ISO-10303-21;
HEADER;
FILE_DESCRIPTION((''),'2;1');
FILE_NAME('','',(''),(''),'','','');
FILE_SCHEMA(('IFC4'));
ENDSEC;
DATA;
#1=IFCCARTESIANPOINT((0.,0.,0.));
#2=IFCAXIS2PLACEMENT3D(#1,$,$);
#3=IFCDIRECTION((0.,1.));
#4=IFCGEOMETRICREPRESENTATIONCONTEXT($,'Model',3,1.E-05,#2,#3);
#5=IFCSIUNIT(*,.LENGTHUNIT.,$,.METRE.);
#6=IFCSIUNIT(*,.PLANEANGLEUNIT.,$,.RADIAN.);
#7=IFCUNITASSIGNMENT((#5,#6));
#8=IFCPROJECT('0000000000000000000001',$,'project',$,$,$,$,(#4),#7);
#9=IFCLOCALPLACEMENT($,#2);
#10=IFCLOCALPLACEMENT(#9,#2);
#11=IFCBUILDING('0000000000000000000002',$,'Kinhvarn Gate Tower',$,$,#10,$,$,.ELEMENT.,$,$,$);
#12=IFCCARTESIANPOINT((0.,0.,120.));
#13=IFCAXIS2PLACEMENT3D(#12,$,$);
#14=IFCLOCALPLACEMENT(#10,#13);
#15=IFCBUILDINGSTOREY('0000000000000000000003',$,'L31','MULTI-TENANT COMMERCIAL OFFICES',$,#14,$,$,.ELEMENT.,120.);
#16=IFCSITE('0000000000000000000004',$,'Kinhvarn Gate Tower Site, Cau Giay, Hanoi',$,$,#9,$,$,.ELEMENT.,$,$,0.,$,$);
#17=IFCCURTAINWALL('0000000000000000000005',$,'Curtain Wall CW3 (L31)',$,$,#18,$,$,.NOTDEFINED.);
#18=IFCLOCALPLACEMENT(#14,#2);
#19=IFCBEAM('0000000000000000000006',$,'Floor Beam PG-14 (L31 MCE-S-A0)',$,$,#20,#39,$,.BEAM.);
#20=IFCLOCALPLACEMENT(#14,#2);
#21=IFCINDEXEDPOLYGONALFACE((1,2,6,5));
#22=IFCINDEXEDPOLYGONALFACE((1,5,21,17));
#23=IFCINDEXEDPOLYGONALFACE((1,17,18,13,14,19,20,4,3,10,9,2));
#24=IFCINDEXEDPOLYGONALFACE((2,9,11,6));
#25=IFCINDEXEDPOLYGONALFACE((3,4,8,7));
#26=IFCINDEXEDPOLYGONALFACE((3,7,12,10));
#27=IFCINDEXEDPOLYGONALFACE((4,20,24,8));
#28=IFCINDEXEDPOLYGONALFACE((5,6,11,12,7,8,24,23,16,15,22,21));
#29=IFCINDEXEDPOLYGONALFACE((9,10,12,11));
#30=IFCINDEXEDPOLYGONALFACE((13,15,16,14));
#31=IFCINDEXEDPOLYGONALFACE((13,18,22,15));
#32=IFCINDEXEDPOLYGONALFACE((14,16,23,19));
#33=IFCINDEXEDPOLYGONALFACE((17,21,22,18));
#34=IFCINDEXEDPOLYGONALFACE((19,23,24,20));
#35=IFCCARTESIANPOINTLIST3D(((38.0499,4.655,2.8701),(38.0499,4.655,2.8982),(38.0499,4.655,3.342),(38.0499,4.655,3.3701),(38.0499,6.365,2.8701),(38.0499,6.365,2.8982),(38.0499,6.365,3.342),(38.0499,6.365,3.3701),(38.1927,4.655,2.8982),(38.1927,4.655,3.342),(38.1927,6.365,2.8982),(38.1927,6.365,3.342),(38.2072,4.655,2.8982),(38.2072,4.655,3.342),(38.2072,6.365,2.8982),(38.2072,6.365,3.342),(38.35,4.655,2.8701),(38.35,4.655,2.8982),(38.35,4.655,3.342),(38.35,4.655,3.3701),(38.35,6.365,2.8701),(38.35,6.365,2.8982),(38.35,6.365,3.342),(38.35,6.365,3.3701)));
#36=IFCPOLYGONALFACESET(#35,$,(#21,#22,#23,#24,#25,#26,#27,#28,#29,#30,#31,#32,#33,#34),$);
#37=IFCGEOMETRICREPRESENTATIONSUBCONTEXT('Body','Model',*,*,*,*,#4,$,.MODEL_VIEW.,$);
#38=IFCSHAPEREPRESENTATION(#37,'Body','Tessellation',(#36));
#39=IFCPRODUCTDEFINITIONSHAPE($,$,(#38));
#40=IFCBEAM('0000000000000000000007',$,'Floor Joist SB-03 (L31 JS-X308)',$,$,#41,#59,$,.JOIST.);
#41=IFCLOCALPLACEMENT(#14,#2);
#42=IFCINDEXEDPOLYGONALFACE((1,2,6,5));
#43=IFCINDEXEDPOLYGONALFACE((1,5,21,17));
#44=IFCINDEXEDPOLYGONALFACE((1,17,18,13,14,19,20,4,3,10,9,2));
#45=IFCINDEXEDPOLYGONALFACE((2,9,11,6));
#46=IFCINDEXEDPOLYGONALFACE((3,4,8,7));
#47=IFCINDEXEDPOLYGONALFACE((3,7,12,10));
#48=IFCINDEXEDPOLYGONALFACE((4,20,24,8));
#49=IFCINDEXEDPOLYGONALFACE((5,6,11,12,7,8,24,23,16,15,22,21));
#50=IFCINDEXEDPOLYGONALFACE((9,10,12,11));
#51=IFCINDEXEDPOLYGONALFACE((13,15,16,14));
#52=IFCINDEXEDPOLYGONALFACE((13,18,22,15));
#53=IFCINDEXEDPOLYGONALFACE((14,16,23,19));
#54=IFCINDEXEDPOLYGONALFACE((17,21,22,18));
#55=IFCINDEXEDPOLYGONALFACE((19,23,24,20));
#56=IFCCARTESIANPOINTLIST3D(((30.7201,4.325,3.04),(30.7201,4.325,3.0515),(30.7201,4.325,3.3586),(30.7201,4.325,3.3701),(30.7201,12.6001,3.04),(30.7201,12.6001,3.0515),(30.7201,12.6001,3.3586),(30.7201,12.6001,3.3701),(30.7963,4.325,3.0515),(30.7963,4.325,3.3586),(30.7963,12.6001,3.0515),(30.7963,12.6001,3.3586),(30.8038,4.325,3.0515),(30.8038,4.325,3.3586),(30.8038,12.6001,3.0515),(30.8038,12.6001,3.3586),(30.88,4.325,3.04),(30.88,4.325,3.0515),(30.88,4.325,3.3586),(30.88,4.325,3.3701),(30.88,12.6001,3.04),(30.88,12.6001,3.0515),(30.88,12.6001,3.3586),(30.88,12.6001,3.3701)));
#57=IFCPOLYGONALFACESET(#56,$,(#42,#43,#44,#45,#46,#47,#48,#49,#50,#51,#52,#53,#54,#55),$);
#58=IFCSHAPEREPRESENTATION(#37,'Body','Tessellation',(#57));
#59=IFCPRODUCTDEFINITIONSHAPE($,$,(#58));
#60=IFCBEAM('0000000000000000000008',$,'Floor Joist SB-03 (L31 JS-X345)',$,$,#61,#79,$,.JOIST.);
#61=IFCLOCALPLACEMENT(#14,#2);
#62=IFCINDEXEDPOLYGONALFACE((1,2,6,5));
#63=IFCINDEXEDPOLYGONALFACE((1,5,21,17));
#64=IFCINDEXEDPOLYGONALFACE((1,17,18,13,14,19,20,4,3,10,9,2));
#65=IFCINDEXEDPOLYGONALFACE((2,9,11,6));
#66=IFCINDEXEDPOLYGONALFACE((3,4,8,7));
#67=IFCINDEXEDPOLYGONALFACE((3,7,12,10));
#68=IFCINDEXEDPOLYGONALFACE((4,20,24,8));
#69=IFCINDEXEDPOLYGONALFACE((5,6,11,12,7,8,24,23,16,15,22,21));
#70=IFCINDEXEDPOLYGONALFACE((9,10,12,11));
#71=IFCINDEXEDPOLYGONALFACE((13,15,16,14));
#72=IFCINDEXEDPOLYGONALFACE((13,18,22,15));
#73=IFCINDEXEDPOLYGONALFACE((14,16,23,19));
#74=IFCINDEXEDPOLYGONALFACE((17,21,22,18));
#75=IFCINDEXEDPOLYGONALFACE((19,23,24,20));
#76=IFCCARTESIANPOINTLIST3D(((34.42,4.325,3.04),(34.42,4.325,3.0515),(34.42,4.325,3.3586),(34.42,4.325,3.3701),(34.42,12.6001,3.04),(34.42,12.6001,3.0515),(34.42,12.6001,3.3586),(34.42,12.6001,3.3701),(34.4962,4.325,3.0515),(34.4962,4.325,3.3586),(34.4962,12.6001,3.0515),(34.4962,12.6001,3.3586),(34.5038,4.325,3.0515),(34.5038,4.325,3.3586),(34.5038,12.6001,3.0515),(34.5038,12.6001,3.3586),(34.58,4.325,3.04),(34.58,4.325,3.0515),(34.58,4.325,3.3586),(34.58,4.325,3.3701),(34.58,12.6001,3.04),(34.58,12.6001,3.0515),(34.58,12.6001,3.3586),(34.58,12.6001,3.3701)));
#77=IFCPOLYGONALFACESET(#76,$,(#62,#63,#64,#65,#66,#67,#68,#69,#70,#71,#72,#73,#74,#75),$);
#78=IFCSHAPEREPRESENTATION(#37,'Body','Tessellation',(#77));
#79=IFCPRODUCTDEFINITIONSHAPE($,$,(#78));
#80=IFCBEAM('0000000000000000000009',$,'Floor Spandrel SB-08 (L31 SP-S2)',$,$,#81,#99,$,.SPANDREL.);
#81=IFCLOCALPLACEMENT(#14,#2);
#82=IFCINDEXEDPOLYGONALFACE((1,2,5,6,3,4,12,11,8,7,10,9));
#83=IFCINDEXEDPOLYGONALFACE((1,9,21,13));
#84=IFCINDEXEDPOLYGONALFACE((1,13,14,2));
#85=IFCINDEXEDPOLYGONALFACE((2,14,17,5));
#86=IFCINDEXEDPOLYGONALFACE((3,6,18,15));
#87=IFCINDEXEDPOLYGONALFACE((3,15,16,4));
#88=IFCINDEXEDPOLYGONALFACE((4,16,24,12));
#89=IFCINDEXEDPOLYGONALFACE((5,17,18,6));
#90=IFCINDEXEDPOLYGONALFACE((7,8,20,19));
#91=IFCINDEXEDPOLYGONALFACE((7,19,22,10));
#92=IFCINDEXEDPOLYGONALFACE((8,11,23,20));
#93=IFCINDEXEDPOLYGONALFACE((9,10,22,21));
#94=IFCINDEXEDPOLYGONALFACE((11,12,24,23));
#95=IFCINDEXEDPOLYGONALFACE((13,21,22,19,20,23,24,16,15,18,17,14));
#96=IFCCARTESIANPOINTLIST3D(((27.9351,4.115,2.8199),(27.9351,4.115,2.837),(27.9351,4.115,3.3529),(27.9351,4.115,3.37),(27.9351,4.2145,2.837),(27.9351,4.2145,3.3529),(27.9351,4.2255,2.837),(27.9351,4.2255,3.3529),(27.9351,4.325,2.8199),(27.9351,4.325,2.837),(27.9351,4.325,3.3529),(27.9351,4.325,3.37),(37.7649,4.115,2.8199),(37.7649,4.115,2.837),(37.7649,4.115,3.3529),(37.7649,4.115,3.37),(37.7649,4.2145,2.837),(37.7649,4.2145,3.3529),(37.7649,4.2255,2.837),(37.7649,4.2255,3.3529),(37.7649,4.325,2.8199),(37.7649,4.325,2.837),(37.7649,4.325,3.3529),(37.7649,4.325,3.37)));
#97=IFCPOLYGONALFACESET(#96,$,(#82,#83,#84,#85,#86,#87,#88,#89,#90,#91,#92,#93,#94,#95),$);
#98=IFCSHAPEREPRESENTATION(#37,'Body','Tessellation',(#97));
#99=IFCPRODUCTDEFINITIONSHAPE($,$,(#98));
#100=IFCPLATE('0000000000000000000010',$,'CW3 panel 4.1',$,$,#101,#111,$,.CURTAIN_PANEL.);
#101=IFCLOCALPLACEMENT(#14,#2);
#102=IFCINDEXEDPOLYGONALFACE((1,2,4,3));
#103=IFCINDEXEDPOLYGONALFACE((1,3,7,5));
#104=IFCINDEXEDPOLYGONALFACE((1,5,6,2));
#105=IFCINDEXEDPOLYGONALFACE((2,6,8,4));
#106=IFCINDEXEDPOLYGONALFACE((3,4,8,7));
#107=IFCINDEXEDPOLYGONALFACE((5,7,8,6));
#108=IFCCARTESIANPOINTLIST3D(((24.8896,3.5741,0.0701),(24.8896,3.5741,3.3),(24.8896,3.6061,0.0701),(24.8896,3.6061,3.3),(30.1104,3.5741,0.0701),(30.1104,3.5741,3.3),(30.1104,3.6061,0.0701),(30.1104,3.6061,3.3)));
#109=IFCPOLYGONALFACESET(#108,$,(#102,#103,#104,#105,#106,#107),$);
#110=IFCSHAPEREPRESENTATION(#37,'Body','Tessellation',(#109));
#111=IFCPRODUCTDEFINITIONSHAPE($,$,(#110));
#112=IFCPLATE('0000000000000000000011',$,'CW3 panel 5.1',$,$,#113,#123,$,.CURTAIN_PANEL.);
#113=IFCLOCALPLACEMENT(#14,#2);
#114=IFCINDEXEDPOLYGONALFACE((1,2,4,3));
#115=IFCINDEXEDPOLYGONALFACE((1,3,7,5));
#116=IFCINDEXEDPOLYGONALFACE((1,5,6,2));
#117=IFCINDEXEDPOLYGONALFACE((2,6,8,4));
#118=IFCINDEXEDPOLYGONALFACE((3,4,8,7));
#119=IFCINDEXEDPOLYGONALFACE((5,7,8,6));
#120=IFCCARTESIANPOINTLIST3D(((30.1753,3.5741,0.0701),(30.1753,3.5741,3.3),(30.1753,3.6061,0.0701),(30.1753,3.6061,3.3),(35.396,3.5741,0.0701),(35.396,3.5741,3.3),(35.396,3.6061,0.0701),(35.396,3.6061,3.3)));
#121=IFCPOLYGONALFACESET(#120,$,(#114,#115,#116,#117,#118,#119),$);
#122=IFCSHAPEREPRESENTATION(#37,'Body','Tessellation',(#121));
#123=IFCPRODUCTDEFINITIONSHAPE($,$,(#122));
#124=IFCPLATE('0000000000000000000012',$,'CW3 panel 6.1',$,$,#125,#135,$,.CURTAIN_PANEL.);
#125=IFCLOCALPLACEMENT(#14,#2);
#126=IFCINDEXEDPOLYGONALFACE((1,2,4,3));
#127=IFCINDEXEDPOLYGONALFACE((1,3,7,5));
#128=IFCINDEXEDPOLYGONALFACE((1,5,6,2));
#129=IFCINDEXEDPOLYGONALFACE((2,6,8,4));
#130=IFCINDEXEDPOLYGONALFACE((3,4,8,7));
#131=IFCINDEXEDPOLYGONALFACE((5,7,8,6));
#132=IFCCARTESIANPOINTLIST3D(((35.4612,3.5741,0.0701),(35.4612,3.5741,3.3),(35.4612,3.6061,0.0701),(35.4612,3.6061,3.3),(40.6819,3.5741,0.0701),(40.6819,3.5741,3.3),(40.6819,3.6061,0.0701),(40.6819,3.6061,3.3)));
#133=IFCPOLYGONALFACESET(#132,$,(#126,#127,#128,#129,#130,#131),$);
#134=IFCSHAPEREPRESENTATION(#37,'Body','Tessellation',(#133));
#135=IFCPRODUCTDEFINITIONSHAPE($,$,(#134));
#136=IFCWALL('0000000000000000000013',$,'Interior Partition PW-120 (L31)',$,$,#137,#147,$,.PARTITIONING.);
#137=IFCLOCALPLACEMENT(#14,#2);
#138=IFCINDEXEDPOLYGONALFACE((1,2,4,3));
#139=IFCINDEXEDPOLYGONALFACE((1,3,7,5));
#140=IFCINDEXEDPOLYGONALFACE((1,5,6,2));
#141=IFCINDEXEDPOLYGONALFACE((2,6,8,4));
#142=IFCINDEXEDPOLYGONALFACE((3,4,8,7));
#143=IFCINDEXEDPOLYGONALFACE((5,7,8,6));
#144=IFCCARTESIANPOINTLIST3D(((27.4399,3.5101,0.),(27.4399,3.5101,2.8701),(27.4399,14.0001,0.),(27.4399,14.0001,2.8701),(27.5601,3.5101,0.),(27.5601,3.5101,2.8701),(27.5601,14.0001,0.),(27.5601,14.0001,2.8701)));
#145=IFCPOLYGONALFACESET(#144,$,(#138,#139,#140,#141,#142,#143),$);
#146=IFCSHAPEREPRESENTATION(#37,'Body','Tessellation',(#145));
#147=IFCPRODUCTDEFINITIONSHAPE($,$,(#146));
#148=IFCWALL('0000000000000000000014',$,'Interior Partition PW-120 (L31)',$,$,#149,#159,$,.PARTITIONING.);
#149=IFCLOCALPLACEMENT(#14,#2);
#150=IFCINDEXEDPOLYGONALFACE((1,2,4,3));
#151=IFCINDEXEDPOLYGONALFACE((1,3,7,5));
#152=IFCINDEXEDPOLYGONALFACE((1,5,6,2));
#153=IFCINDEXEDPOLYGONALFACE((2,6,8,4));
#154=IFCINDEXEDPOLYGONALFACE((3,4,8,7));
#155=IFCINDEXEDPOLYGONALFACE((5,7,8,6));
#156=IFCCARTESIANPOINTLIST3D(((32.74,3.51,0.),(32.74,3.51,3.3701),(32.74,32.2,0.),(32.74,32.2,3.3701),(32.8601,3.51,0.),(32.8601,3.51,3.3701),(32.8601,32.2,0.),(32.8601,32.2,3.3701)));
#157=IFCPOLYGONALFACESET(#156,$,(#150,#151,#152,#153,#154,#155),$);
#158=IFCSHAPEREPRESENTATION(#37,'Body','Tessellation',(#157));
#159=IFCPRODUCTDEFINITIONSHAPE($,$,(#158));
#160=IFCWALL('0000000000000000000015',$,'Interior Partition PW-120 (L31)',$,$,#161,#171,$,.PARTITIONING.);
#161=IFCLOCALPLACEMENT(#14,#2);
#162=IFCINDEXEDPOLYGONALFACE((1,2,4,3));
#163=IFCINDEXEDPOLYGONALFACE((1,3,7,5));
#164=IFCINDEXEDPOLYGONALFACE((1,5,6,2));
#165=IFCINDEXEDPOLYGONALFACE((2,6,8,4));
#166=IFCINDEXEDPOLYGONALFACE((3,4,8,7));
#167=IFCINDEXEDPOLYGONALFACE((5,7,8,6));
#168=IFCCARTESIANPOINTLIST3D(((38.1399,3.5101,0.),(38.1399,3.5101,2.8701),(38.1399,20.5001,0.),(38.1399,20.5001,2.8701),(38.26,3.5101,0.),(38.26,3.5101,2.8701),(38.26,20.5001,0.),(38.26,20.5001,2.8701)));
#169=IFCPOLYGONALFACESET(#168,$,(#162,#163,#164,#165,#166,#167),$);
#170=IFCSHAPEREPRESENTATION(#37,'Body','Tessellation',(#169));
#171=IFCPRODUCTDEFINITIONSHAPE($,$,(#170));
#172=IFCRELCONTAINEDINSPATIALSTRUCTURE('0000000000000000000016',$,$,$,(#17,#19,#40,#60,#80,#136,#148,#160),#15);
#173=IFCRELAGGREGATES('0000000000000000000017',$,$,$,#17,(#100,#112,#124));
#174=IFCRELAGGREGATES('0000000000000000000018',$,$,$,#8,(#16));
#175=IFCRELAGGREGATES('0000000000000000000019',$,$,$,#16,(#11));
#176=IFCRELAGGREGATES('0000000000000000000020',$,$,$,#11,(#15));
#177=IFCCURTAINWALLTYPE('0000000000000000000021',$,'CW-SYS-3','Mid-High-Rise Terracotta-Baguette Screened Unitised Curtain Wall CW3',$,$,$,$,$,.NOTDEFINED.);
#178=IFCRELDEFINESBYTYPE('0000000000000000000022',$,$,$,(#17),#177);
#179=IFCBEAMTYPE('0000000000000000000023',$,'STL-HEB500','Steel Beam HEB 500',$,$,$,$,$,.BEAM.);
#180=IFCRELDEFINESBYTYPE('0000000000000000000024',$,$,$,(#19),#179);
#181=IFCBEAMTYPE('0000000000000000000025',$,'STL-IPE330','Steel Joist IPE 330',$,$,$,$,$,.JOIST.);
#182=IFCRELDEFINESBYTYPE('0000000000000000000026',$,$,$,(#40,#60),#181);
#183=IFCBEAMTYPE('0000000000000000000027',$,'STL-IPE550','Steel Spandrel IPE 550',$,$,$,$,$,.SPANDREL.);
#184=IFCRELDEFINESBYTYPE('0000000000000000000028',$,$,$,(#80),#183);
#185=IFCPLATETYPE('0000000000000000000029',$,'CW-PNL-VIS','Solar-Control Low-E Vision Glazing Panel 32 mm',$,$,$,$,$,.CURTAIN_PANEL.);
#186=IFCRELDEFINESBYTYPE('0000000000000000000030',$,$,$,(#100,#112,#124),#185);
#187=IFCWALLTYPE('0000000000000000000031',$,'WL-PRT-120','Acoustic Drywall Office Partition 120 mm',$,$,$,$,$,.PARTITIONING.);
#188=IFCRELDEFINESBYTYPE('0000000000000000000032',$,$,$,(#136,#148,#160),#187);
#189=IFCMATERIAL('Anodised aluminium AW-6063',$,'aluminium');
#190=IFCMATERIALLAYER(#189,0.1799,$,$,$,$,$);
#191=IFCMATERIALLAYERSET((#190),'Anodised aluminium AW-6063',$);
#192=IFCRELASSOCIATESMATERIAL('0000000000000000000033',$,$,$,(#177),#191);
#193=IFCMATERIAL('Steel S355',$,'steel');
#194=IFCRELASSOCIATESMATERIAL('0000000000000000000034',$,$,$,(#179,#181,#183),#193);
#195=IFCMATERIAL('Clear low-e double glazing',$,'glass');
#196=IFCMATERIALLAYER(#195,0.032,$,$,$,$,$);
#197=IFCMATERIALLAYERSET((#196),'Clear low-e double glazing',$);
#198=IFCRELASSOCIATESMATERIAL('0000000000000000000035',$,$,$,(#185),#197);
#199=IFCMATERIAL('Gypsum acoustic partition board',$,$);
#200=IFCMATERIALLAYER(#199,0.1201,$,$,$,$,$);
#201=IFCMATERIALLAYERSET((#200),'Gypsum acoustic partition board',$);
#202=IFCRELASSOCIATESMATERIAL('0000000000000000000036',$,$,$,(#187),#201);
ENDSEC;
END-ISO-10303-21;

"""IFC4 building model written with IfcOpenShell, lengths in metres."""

from ifc_helpers import new_model, si_unit, direction, frame, frame_2d, origin, origin_2d, place, context, subcontext, project, spatial, rectangle, i_section, extrude, material, layer, layer_set, material_profile, profile_set, type_object, element, aggregate, save


model = new_model("IFC4")

# Units and contexts
model_context = context("Model", 3, precision=1e-05, world=origin(), true_north=direction((0.0, 1.0)))
body_context = subcontext(model_context, "Body", "Model", "MODEL_VIEW")
ifc_project = project(units=[si_unit("LENGTHUNIT", "METRE"), si_unit("PLANEANGLEUNIT", "RADIAN")], contexts=[model_context])

# Site, building, storey
site_placement = place(None, origin())
site = spatial("IfcSite", under=ifc_project, at=site_placement, Name="Kinhvarn Gate Tower Site, Cau Giay, Hanoi", CompositionType="ELEMENT", RefElevation=0.0)
building_placement = place(site_placement, origin())
building = spatial("IfcBuilding", under=site, at=building_placement, Name="Kinhvarn Gate Tower", CompositionType="ELEMENT")
storey_placement = place(building_placement, frame((0.0, 0.0, 120.0)))
storey = spatial("IfcBuildingStorey", under=building, at=storey_placement, Name="L31", Description="MULTI-TENANT COMMERCIAL OFFICES", CompositionType="ELEMENT", Elevation=120.0)

# Curtain wall
ifc_material_1 = material(Name="Anodised aluminium AW-6063", Category="aluminium")
ifc_layer_1 = layer(ifc_material_1, 0.1799)
ifc_layer_set_1 = layer_set([ifc_layer_1], Name="Anodised aluminium AW-6063")
curtain_wall_type = type_object("IfcCurtainWallType", Name="CW-SYS-3", Description="Mid-High-Rise Terracotta-Baguette Screened Unitised Curtain Wall CW3", PredefinedType="NOTDEFINED", material=ifc_layer_set_1)
curtain_wall_placement = place(storey_placement, origin())
curtain_wall = element("IfcCurtainWall", 1, at=curtain_wall_placement, inside=storey, type_object=curtain_wall_type, Name="Curtain Wall CW3 (L31)", PredefinedType="NOTDEFINED")

# Beams
ifc_material_2 = material(Name="Steel S355", Category="steel")
ifc_material_profile_1 = material_profile(ifc_material_2, i_section(OverallWidth=0.3, OverallDepth=0.5, WebThickness=0.0144, FlangeThickness=0.0281, at=origin_2d()), Name="HEB 500")
ifc_profile_set_1 = profile_set([ifc_material_profile_1], Name="Steel S355")
beam_type_1 = type_object("IfcBeamType", Name="STL-HEB500", Description="Steel Beam HEB 500", PredefinedType="BEAM", material=ifc_profile_set_1)
beam_1_placement = place(storey_placement, frame((38.2, 4.655, 3.1201), z_axis=(0.0, 1.0, 0.0), x_axis=(-1.0, 0.0, 0.0)))
element("IfcBeam", 2, at=beam_1_placement, inside=storey, type_object=beam_type_1, Name="Floor Beam PG-14 (L31 MCE-S-A0)", PredefinedType="BEAM", context=body_context, shape_type="SweptSolid", body=[
    extrude(i_section(OverallWidth=0.3, OverallDepth=0.5, WebThickness=0.0144, FlangeThickness=0.0281, at=origin_2d()), origin(), (0.0, 0.0, 1.0), 1.71),
])
ifc_material_profile_2 = material_profile(ifc_material_2, i_section(OverallWidth=0.1599, OverallDepth=0.3301, WebThickness=0.0076, FlangeThickness=0.0115, at=origin_2d()), Name="IPE 330")
ifc_profile_set_2 = profile_set([ifc_material_profile_2], Name="Steel S355")
beam_type_2 = type_object("IfcBeamType", Name="STL-IPE330", Description="Steel Joist IPE 330", PredefinedType="JOIST", material=ifc_profile_set_2)
for number, where, z_axis, x_axis, name in (
    (3, (30.8, 4.325, 3.2051), (0.0, 1.0, 0.0), (-1.0, 0.0, 0.0), "Floor Joist SB-03 (L31 JS-X308)"),
    (4, (34.5, 4.325, 3.2051), (0.0, 1.0, 0.0), (-1.0, 0.0, 0.0), "Floor Joist SB-03 (L31 JS-X345)"),
):
    element("IfcBeam", number, at=place(storey_placement, frame(where, z_axis=z_axis, x_axis=x_axis)), inside=storey, type_object=beam_type_2, Name=name, PredefinedType="JOIST", context=body_context, shape_type="SweptSolid", body=[
        extrude(i_section(OverallWidth=0.1599, OverallDepth=0.3301, WebThickness=0.0076, FlangeThickness=0.0115, at=origin_2d()), origin(), (0.0, 0.0, 1.0), 8.2751),
    ])
ifc_material_profile_3 = material_profile(ifc_material_2, i_section(OverallWidth=0.21, OverallDepth=0.55, WebThickness=0.011, FlangeThickness=0.0171, at=origin_2d()), Name="IPE 550")
ifc_profile_set_3 = profile_set([ifc_material_profile_3], Name="Steel S355")
beam_type_3 = type_object("IfcBeamType", Name="STL-IPE550", Description="Steel Spandrel IPE 550", PredefinedType="SPANDREL", material=ifc_profile_set_3)
beam_2_placement = place(storey_placement, frame((27.9351, 4.22, 3.095), z_axis=(1.0, 0.0, 0.0), x_axis=(0.0, 1.0, 0.0)))
element("IfcBeam", 5, at=beam_2_placement, inside=storey, type_object=beam_type_3, Name="Floor Spandrel SB-08 (L31 SP-S2)", PredefinedType="SPANDREL", context=body_context, shape_type="SweptSolid", body=[
    extrude(i_section(OverallWidth=0.21, OverallDepth=0.55, WebThickness=0.011, FlangeThickness=0.0171, at=origin_2d()), origin(), (0.0, 0.0, 1.0), 9.8298),
])

# Plates
ifc_material_3 = material(Name="Clear low-e double glazing", Category="glass")
ifc_layer_2 = layer(ifc_material_3, 0.032)
ifc_layer_set_2 = layer_set([ifc_layer_2], Name="Clear low-e double glazing")
plate_type = type_object("IfcPlateType", Name="CW-PNL-VIS", Description="Solar-Control Low-E Vision Glazing Panel 32 mm", PredefinedType="CURTAIN_PANEL", material=ifc_layer_set_2)
plate_1_placement = place(storey_placement, frame((27.5, 3.5901, 0.0701), z_axis=(0.0, 0.0, 1.0), x_axis=(1.0, 0.0, 0.0)))
plate_1 = element("IfcPlate", 6, at=plate_1_placement, type_object=plate_type, Name="CW3 panel 4.1", PredefinedType="CURTAIN_PANEL", context=body_context, shape_type="SweptSolid", body=[
    extrude(rectangle(XDim=5.2207, YDim=0.032, at=origin_2d()), origin(), (0.0, 0.0, 1.0), 3.23),
])
plate_2_placement = place(storey_placement, frame((32.7856, 3.5901, 0.0701), z_axis=(0.0, 0.0, 1.0), x_axis=(1.0, 0.0, 0.0)))
plate_2 = element("IfcPlate", 7, at=plate_2_placement, type_object=plate_type, Name="CW3 panel 5.1", PredefinedType="CURTAIN_PANEL", context=body_context, shape_type="SweptSolid", body=[
    extrude(rectangle(XDim=5.2207, YDim=0.032, at=origin_2d()), origin(), (0.0, 0.0, 1.0), 3.23),
])
plate_3_placement = place(storey_placement, frame((38.0715, 3.5901, 0.0701), z_axis=(0.0, 0.0, 1.0), x_axis=(1.0, 0.0, 0.0)))
plate_3 = element("IfcPlate", 8, at=plate_3_placement, type_object=plate_type, Name="CW3 panel 6.1", PredefinedType="CURTAIN_PANEL", context=body_context, shape_type="SweptSolid", body=[
    extrude(rectangle(XDim=5.2207, YDim=0.032, at=origin_2d()), origin(), (0.0, 0.0, 1.0), 3.23),
])
aggregate(curtain_wall, [plate_1, plate_2, plate_3])

# Walls
ifc_material_4 = material(Name="Gypsum acoustic partition board")
ifc_layer_3 = layer(ifc_material_4, 0.1201)
ifc_layer_set_3 = layer_set([ifc_layer_3], Name="Gypsum acoustic partition board")
wall_type = type_object("IfcWallType", Name="WL-PRT-120", Description="Acoustic Drywall Office Partition 120 mm", PredefinedType="PARTITIONING", material=ifc_layer_set_3)
wall_1_placement = place(storey_placement, frame((27.5, 3.51, 0.0), z_axis=(0.0, 0.0, 1.0), x_axis=(0.0, 1.0, 0.0)))
element("IfcWall", 9, at=wall_1_placement, inside=storey, type_object=wall_type, Name="Interior Partition PW-120 (L31)", PredefinedType="PARTITIONING", context=body_context, shape_type="SweptSolid", body=[
    extrude(rectangle(XDim=10.49, YDim=0.1201, at=frame_2d((5.2451, 0.0))), origin(), (0.0, 0.0, 1.0), 2.8701),
])
wall_2_placement = place(storey_placement, frame((32.8, 3.51, 0.0), z_axis=(0.0, 0.0, 1.0), x_axis=(0.0, 1.0, 0.0)))
element("IfcWall", 10, at=wall_2_placement, inside=storey, type_object=wall_type, Name="Interior Partition PW-120 (L31)", PredefinedType="PARTITIONING", context=body_context, shape_type="SweptSolid", body=[
    extrude(rectangle(XDim=28.6899, YDim=0.1201, at=frame_2d((14.345, 0.0))), origin(), (0.0, 0.0, 1.0), 3.3701),
])
wall_3_placement = place(storey_placement, frame((38.2, 3.51, 0.0), z_axis=(0.0, 0.0, 1.0), x_axis=(0.0, 1.0, 0.0)))
element("IfcWall", 11, at=wall_3_placement, inside=storey, type_object=wall_type, Name="Interior Partition PW-120 (L31)", PredefinedType="PARTITIONING", context=body_context, shape_type="SweptSolid", body=[
    extrude(rectangle(XDim=16.99, YDim=0.1201, at=frame_2d((8.4951, 0.0))), origin(), (0.0, 0.0, 1.0), 2.8701),
])

save(model, "model.ifc")
